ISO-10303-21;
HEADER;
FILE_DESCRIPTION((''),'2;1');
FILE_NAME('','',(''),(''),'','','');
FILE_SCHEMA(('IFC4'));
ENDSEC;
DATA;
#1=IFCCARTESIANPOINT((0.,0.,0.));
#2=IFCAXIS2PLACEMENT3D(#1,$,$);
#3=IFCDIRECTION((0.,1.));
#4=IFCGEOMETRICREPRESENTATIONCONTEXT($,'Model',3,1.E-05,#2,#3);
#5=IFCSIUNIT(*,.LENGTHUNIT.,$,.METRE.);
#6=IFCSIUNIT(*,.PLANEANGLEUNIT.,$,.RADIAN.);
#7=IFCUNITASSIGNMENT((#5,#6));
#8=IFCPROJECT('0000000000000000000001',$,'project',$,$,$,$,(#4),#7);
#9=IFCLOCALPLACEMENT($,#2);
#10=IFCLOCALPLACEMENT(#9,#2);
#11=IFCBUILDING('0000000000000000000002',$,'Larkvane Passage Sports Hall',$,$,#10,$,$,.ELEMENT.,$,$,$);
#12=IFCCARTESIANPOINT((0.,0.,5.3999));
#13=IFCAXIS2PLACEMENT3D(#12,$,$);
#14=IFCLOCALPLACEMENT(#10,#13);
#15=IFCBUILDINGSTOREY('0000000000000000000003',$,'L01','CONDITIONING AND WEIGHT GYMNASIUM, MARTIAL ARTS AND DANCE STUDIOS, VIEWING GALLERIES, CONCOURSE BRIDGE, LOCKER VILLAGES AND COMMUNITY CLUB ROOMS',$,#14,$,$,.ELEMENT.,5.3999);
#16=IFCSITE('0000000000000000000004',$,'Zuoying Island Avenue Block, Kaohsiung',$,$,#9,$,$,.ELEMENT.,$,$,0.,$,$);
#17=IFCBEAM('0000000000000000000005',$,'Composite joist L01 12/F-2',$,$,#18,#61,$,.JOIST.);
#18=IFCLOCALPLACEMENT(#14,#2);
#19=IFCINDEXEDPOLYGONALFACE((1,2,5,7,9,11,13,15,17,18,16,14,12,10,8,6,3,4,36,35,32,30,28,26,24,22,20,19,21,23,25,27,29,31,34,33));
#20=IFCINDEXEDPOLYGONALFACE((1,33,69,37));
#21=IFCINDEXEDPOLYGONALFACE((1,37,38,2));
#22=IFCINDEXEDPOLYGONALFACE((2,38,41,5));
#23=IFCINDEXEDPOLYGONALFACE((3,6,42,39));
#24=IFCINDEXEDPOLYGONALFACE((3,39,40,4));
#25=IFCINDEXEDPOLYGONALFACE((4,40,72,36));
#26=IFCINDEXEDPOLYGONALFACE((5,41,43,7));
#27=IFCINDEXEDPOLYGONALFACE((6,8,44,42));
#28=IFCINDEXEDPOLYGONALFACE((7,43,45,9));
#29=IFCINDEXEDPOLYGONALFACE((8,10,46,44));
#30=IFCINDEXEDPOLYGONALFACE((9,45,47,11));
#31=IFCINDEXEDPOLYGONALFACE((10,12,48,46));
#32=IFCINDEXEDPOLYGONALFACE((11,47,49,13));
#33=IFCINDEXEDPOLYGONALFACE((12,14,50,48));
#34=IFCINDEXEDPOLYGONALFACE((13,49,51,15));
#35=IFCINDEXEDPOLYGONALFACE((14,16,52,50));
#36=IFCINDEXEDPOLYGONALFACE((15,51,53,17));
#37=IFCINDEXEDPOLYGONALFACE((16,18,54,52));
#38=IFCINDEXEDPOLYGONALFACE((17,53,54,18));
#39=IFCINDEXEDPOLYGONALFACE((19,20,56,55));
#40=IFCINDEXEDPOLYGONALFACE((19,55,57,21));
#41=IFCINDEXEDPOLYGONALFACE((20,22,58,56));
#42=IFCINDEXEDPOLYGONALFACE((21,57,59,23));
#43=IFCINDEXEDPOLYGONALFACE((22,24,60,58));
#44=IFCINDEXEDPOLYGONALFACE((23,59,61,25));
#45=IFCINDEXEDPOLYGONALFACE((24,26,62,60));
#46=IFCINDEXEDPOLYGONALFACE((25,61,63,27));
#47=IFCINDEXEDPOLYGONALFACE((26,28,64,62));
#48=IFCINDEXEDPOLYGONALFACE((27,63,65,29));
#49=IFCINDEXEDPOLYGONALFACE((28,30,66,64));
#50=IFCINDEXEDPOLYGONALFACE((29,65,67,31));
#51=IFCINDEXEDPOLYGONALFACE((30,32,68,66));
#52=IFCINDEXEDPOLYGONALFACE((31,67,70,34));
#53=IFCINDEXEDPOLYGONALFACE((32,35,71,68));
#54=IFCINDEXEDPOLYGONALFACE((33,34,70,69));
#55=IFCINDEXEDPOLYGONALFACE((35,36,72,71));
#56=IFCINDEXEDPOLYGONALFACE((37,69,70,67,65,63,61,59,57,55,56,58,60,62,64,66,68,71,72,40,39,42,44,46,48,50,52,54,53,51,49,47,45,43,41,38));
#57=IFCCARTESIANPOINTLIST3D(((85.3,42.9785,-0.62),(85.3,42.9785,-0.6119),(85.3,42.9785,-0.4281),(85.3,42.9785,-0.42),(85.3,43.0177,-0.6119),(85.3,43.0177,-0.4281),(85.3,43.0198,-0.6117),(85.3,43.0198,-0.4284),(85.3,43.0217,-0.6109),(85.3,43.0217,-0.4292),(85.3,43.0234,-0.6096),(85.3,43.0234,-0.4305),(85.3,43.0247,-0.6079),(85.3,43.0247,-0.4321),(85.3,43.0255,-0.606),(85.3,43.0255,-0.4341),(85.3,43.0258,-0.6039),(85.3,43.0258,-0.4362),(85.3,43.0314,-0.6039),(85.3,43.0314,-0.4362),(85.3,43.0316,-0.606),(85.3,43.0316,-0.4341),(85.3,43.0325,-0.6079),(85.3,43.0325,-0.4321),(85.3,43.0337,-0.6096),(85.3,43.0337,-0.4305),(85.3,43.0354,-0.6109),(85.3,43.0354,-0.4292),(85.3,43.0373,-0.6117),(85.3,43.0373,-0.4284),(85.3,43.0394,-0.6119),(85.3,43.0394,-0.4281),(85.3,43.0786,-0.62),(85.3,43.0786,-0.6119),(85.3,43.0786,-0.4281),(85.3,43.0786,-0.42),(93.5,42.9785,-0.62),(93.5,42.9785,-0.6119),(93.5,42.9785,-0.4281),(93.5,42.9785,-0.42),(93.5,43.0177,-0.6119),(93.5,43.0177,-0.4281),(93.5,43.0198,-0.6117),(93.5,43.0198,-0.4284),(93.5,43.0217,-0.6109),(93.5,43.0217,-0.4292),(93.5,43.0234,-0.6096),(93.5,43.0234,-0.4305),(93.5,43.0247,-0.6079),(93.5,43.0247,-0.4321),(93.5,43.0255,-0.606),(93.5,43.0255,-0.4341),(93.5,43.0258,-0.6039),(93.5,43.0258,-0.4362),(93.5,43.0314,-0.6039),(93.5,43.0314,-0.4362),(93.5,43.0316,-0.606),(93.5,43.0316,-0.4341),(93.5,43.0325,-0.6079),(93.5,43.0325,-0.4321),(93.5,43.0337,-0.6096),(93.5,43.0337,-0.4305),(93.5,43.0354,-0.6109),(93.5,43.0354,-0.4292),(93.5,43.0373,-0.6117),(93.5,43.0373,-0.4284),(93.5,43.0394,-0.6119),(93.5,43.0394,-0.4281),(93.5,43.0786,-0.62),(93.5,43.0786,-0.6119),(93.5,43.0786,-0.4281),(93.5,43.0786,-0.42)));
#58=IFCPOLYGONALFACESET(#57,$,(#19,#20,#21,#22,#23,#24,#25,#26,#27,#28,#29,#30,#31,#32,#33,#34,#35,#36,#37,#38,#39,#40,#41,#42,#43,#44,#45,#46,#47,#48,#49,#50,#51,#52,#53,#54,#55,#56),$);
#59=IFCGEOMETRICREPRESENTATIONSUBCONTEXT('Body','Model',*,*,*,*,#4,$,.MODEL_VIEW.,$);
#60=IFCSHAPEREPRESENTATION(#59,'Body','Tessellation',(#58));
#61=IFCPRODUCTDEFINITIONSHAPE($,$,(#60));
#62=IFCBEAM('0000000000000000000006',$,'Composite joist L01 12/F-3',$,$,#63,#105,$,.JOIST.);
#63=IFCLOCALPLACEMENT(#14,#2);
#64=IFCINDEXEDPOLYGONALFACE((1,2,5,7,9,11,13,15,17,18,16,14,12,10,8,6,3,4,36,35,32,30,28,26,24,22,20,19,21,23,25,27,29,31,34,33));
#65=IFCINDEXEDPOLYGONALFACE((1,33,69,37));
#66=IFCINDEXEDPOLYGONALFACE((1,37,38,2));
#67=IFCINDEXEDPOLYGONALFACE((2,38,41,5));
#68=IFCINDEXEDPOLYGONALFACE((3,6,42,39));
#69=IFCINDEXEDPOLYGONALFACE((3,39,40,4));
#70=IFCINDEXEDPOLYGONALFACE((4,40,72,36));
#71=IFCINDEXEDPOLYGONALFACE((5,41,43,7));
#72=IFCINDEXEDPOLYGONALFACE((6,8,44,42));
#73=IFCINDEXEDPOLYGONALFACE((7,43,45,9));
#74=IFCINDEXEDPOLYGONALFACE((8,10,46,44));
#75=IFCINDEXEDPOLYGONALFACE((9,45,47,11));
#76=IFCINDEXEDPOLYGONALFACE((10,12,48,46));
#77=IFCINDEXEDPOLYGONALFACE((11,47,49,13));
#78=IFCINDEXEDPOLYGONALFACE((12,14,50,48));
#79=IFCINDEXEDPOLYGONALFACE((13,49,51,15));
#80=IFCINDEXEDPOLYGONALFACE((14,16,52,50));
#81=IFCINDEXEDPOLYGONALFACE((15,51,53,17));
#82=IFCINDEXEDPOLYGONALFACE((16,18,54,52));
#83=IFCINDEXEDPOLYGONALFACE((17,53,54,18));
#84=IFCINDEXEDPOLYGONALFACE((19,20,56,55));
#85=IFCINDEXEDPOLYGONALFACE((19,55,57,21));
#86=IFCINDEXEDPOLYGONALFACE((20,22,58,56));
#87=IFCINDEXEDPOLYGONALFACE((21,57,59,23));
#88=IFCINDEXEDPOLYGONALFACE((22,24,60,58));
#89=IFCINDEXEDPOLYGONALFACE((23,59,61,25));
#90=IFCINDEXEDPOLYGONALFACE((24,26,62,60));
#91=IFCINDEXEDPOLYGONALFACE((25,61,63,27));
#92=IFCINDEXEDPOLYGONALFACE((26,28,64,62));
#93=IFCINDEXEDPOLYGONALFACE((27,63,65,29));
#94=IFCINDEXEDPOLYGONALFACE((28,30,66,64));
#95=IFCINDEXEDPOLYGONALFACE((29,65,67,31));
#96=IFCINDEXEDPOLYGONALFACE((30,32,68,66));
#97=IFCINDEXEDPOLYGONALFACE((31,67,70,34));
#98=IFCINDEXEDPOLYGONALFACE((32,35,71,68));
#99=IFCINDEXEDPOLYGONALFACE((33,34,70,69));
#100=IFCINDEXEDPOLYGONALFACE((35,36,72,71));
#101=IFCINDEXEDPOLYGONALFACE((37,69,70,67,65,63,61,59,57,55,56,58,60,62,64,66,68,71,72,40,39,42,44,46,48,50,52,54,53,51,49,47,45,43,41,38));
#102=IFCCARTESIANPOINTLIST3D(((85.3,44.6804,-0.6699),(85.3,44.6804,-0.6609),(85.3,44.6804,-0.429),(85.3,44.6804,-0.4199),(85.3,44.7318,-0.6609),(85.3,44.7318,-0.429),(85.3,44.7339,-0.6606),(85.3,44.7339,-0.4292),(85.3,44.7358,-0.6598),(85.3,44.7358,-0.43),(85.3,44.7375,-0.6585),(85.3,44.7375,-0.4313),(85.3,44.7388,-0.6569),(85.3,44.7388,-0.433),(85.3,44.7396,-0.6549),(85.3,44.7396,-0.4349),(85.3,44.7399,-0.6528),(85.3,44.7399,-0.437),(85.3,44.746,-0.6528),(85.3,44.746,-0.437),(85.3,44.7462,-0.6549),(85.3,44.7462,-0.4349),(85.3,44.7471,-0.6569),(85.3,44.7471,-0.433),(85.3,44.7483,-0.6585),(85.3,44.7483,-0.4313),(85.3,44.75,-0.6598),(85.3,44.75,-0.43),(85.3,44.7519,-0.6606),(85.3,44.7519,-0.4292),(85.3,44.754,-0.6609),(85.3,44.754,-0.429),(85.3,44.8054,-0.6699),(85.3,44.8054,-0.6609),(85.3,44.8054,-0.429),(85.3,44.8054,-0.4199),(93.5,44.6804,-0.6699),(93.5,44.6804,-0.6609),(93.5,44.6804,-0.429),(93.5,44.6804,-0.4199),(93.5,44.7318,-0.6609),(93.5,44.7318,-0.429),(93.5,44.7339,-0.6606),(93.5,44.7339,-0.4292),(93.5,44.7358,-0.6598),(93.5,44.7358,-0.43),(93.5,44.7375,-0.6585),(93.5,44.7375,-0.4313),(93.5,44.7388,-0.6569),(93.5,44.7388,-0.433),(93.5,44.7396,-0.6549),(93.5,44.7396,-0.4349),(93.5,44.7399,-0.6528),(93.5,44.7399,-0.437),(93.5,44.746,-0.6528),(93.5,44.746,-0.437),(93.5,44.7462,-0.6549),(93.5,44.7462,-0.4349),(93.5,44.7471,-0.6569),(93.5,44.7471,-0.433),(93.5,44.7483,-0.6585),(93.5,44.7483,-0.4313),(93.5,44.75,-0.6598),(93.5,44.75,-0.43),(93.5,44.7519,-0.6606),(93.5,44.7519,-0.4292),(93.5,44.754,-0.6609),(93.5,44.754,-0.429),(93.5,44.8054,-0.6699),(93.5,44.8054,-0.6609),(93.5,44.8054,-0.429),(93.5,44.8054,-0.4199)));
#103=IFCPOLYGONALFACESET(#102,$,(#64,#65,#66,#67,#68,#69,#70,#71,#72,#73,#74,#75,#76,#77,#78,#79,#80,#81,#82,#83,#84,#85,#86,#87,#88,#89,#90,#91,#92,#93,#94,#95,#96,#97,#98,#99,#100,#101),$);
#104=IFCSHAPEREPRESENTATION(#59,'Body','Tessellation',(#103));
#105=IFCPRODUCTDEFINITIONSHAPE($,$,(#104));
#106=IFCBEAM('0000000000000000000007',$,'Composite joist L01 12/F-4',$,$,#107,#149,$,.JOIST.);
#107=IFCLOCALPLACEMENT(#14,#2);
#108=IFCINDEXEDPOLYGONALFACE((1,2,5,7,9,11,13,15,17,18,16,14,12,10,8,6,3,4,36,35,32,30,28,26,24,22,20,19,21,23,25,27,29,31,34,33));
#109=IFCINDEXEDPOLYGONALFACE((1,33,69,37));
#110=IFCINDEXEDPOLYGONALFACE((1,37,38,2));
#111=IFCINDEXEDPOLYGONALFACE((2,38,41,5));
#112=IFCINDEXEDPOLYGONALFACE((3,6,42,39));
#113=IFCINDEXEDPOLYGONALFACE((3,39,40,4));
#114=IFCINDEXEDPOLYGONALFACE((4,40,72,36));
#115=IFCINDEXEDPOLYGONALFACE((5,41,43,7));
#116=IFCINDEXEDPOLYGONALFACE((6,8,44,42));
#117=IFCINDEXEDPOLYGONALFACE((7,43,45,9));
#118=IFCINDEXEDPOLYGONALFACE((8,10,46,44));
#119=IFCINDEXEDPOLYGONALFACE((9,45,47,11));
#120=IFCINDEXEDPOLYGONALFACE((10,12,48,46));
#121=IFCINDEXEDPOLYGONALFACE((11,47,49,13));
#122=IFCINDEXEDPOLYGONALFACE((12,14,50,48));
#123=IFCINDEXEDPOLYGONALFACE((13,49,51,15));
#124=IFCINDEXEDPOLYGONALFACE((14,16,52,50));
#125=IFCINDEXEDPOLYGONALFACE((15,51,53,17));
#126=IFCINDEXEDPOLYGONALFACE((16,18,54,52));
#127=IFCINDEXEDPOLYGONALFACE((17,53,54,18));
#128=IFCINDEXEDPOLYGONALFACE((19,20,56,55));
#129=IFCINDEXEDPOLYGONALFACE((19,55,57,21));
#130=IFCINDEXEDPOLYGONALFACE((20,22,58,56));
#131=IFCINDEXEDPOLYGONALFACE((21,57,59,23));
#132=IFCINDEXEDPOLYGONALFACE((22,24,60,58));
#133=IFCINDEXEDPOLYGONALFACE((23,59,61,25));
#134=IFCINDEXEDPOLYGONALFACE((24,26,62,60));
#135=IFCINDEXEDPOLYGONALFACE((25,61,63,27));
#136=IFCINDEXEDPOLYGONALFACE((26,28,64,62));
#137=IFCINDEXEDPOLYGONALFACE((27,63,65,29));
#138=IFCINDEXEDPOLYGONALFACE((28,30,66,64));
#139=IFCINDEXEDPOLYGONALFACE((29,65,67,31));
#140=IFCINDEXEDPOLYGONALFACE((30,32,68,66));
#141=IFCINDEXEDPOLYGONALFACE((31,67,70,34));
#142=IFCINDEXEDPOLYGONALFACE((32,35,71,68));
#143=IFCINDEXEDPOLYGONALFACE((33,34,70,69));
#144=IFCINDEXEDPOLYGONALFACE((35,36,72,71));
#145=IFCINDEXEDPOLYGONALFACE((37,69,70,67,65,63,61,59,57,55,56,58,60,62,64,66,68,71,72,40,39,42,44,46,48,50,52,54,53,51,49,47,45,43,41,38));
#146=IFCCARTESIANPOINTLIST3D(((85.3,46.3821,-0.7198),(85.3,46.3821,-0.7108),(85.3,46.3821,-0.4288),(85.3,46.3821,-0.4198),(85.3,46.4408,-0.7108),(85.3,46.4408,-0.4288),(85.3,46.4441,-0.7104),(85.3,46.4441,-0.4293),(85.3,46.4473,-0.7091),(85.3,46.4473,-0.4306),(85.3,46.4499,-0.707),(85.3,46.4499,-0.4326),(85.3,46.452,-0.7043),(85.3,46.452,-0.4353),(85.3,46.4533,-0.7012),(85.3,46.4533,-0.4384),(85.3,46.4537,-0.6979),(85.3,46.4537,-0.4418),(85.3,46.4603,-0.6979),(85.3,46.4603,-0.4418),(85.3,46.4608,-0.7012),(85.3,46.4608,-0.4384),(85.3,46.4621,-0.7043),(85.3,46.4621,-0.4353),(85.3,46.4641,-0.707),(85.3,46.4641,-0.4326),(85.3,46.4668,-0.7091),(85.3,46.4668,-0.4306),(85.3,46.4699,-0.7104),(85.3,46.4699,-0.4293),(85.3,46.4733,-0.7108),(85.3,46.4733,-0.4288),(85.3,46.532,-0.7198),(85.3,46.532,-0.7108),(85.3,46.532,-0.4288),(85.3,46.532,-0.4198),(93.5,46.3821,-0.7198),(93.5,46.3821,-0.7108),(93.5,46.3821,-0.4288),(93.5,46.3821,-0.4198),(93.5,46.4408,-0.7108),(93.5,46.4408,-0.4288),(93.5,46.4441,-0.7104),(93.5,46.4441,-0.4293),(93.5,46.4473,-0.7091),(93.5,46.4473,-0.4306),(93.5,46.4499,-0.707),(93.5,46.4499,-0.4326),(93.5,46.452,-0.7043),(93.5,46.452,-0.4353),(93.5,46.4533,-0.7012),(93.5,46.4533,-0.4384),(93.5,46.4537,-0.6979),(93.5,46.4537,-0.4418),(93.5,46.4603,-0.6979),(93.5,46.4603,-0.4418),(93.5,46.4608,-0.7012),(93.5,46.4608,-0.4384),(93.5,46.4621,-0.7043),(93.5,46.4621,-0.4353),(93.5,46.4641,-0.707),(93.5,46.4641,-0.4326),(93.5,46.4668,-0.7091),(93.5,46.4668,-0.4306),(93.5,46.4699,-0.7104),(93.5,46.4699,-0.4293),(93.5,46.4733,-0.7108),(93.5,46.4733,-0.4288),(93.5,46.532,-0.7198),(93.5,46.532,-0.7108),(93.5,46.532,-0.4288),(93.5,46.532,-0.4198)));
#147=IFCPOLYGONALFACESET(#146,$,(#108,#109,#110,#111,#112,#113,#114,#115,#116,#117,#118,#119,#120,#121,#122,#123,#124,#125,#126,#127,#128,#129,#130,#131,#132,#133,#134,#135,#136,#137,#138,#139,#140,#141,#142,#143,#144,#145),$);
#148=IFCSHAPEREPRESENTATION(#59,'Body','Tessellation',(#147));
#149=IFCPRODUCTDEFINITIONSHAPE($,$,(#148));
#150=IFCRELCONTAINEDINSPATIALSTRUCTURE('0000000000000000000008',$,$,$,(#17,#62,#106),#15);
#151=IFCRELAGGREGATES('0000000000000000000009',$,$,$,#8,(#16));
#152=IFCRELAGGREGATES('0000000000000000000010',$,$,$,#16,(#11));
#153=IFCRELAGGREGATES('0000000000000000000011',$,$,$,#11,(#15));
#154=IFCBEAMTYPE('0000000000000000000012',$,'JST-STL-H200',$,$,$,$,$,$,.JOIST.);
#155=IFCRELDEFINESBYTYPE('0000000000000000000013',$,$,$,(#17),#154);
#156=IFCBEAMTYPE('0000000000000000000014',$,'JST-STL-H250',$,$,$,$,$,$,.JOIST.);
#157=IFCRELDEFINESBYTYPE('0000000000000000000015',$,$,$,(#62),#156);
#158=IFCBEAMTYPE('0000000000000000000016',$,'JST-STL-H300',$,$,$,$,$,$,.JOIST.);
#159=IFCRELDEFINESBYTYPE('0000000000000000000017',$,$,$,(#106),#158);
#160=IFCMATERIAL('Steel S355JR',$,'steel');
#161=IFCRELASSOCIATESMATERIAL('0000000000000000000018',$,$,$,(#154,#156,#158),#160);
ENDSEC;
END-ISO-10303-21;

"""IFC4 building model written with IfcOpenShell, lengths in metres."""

from ifc_helpers import new_model, si_unit, direction, frame, origin, origin_2d, place, context, subcontext, project, spatial, i_section, extrude, material, material_profile, profile_set, type_object, element, save


model = new_model("IFC4")

# Units and contexts
model_context = context("Model", 3, precision=1e-05, world=origin(), true_north=direction((0.0, 1.0)))
body_context = subcontext(model_context, "Body", "Model", "MODEL_VIEW")
ifc_project = project(units=[si_unit("LENGTHUNIT", "METRE"), si_unit("PLANEANGLEUNIT", "RADIAN")], contexts=[model_context])

# Site, building, storey
site_placement = place(None, origin())
site = spatial("IfcSite", under=ifc_project, at=site_placement, Name="Zuoying Island Avenue Block, Kaohsiung", CompositionType="ELEMENT", RefElevation=0.0)
building_placement = place(site_placement, origin())
building = spatial("IfcBuilding", under=site, at=building_placement, Name="Larkvane Passage Sports Hall", CompositionType="ELEMENT")
storey_placement = place(building_placement, frame((0.0, 0.0, 5.3999)))
storey = spatial("IfcBuildingStorey", under=building, at=storey_placement, Name="L01", Description="CONDITIONING AND WEIGHT GYMNASIUM, MARTIAL ARTS AND DANCE STUDIOS, VIEWING GALLERIES, CONCOURSE BRIDGE, LOCKER VILLAGES AND COMMUNITY CLUB ROOMS", CompositionType="ELEMENT", Elevation=5.3999)

# Shared definitions
ifc_material_1 = material(Name="Steel S355JR", Category="steel")

# Beams
ifc_material_profile_1 = material_profile(ifc_material_1, i_section(OverallWidth=0.1001, OverallDepth=0.2, WebThickness=0.0056, FlangeThickness=0.0081, FilletRadius=0.0081, at=origin_2d()), Name="H-200x100x5.5x8")
ifc_profile_set_1 = profile_set([ifc_material_profile_1], Name="Steel S355JR")
beam_type_1 = type_object("IfcBeamType", Name="JST-STL-H200", PredefinedType="JOIST", material=ifc_profile_set_1)
beam_1_placement = place(storey_placement, frame((85.3, 43.0286, -0.52), z_axis=(1.0, 0.0, 0.0), x_axis=(0.0, 1.0, 0.0)))
element("IfcBeam", 1, at=beam_1_placement, inside=storey, type_object=beam_type_1, Name="Composite joist L01 12/F-2", PredefinedType="JOIST", context=body_context, shape_type="SweptSolid", body=[
    extrude(i_section(OverallWidth=0.1001, OverallDepth=0.2, WebThickness=0.0056, FlangeThickness=0.0081, FilletRadius=0.0081, at=origin_2d()), origin(), (0.0, 0.0, 1.0), 8.2),
])
ifc_material_profile_2 = material_profile(ifc_material_1, i_section(OverallWidth=0.125, OverallDepth=0.25, WebThickness=0.0061, FlangeThickness=0.009, FilletRadius=0.0081, at=origin_2d()), Name="H-250x125x6x9")
ifc_profile_set_2 = profile_set([ifc_material_profile_2], Name="Steel S355JR")
beam_type_2 = type_object("IfcBeamType", Name="JST-STL-H250", PredefinedType="JOIST", material=ifc_profile_set_2)
beam_2_placement = place(storey_placement, frame((85.3, 44.7429, -0.5449), z_axis=(1.0, 0.0, 0.0), x_axis=(0.0, 1.0, 0.0)))
element("IfcBeam", 2, at=beam_2_placement, inside=storey, type_object=beam_type_2, Name="Composite joist L01 12/F-3", PredefinedType="JOIST", context=body_context, shape_type="SweptSolid", body=[
    extrude(i_section(OverallWidth=0.125, OverallDepth=0.25, WebThickness=0.0061, FlangeThickness=0.009, FilletRadius=0.0081, at=origin_2d()), origin(), (0.0, 0.0, 1.0), 8.2),
])
ifc_material_profile_3 = material_profile(ifc_material_1, i_section(OverallWidth=0.1499, OverallDepth=0.3, WebThickness=0.0066, FlangeThickness=0.009, FilletRadius=0.0129, at=origin_2d()), Name="H-300x150x6.5x9")
ifc_profile_set_3 = profile_set([ifc_material_profile_3], Name="Steel S355JR")
beam_type_3 = type_object("IfcBeamType", Name="JST-STL-H300", PredefinedType="JOIST", material=ifc_profile_set_3)
beam_3_placement = place(storey_placement, frame((85.3, 46.457, -0.5698), z_axis=(1.0, 0.0, 0.0), x_axis=(0.0, 1.0, 0.0)))
element("IfcBeam", 3, at=beam_3_placement, inside=storey, type_object=beam_type_3, Name="Composite joist L01 12/F-4", PredefinedType="JOIST", context=body_context, shape_type="SweptSolid", body=[
    extrude(i_section(OverallWidth=0.1499, OverallDepth=0.3, WebThickness=0.0066, FlangeThickness=0.009, FilletRadius=0.0129, at=origin_2d()), origin(), (0.0, 0.0, 1.0), 8.2),
])

save(model, "model.ifc")
